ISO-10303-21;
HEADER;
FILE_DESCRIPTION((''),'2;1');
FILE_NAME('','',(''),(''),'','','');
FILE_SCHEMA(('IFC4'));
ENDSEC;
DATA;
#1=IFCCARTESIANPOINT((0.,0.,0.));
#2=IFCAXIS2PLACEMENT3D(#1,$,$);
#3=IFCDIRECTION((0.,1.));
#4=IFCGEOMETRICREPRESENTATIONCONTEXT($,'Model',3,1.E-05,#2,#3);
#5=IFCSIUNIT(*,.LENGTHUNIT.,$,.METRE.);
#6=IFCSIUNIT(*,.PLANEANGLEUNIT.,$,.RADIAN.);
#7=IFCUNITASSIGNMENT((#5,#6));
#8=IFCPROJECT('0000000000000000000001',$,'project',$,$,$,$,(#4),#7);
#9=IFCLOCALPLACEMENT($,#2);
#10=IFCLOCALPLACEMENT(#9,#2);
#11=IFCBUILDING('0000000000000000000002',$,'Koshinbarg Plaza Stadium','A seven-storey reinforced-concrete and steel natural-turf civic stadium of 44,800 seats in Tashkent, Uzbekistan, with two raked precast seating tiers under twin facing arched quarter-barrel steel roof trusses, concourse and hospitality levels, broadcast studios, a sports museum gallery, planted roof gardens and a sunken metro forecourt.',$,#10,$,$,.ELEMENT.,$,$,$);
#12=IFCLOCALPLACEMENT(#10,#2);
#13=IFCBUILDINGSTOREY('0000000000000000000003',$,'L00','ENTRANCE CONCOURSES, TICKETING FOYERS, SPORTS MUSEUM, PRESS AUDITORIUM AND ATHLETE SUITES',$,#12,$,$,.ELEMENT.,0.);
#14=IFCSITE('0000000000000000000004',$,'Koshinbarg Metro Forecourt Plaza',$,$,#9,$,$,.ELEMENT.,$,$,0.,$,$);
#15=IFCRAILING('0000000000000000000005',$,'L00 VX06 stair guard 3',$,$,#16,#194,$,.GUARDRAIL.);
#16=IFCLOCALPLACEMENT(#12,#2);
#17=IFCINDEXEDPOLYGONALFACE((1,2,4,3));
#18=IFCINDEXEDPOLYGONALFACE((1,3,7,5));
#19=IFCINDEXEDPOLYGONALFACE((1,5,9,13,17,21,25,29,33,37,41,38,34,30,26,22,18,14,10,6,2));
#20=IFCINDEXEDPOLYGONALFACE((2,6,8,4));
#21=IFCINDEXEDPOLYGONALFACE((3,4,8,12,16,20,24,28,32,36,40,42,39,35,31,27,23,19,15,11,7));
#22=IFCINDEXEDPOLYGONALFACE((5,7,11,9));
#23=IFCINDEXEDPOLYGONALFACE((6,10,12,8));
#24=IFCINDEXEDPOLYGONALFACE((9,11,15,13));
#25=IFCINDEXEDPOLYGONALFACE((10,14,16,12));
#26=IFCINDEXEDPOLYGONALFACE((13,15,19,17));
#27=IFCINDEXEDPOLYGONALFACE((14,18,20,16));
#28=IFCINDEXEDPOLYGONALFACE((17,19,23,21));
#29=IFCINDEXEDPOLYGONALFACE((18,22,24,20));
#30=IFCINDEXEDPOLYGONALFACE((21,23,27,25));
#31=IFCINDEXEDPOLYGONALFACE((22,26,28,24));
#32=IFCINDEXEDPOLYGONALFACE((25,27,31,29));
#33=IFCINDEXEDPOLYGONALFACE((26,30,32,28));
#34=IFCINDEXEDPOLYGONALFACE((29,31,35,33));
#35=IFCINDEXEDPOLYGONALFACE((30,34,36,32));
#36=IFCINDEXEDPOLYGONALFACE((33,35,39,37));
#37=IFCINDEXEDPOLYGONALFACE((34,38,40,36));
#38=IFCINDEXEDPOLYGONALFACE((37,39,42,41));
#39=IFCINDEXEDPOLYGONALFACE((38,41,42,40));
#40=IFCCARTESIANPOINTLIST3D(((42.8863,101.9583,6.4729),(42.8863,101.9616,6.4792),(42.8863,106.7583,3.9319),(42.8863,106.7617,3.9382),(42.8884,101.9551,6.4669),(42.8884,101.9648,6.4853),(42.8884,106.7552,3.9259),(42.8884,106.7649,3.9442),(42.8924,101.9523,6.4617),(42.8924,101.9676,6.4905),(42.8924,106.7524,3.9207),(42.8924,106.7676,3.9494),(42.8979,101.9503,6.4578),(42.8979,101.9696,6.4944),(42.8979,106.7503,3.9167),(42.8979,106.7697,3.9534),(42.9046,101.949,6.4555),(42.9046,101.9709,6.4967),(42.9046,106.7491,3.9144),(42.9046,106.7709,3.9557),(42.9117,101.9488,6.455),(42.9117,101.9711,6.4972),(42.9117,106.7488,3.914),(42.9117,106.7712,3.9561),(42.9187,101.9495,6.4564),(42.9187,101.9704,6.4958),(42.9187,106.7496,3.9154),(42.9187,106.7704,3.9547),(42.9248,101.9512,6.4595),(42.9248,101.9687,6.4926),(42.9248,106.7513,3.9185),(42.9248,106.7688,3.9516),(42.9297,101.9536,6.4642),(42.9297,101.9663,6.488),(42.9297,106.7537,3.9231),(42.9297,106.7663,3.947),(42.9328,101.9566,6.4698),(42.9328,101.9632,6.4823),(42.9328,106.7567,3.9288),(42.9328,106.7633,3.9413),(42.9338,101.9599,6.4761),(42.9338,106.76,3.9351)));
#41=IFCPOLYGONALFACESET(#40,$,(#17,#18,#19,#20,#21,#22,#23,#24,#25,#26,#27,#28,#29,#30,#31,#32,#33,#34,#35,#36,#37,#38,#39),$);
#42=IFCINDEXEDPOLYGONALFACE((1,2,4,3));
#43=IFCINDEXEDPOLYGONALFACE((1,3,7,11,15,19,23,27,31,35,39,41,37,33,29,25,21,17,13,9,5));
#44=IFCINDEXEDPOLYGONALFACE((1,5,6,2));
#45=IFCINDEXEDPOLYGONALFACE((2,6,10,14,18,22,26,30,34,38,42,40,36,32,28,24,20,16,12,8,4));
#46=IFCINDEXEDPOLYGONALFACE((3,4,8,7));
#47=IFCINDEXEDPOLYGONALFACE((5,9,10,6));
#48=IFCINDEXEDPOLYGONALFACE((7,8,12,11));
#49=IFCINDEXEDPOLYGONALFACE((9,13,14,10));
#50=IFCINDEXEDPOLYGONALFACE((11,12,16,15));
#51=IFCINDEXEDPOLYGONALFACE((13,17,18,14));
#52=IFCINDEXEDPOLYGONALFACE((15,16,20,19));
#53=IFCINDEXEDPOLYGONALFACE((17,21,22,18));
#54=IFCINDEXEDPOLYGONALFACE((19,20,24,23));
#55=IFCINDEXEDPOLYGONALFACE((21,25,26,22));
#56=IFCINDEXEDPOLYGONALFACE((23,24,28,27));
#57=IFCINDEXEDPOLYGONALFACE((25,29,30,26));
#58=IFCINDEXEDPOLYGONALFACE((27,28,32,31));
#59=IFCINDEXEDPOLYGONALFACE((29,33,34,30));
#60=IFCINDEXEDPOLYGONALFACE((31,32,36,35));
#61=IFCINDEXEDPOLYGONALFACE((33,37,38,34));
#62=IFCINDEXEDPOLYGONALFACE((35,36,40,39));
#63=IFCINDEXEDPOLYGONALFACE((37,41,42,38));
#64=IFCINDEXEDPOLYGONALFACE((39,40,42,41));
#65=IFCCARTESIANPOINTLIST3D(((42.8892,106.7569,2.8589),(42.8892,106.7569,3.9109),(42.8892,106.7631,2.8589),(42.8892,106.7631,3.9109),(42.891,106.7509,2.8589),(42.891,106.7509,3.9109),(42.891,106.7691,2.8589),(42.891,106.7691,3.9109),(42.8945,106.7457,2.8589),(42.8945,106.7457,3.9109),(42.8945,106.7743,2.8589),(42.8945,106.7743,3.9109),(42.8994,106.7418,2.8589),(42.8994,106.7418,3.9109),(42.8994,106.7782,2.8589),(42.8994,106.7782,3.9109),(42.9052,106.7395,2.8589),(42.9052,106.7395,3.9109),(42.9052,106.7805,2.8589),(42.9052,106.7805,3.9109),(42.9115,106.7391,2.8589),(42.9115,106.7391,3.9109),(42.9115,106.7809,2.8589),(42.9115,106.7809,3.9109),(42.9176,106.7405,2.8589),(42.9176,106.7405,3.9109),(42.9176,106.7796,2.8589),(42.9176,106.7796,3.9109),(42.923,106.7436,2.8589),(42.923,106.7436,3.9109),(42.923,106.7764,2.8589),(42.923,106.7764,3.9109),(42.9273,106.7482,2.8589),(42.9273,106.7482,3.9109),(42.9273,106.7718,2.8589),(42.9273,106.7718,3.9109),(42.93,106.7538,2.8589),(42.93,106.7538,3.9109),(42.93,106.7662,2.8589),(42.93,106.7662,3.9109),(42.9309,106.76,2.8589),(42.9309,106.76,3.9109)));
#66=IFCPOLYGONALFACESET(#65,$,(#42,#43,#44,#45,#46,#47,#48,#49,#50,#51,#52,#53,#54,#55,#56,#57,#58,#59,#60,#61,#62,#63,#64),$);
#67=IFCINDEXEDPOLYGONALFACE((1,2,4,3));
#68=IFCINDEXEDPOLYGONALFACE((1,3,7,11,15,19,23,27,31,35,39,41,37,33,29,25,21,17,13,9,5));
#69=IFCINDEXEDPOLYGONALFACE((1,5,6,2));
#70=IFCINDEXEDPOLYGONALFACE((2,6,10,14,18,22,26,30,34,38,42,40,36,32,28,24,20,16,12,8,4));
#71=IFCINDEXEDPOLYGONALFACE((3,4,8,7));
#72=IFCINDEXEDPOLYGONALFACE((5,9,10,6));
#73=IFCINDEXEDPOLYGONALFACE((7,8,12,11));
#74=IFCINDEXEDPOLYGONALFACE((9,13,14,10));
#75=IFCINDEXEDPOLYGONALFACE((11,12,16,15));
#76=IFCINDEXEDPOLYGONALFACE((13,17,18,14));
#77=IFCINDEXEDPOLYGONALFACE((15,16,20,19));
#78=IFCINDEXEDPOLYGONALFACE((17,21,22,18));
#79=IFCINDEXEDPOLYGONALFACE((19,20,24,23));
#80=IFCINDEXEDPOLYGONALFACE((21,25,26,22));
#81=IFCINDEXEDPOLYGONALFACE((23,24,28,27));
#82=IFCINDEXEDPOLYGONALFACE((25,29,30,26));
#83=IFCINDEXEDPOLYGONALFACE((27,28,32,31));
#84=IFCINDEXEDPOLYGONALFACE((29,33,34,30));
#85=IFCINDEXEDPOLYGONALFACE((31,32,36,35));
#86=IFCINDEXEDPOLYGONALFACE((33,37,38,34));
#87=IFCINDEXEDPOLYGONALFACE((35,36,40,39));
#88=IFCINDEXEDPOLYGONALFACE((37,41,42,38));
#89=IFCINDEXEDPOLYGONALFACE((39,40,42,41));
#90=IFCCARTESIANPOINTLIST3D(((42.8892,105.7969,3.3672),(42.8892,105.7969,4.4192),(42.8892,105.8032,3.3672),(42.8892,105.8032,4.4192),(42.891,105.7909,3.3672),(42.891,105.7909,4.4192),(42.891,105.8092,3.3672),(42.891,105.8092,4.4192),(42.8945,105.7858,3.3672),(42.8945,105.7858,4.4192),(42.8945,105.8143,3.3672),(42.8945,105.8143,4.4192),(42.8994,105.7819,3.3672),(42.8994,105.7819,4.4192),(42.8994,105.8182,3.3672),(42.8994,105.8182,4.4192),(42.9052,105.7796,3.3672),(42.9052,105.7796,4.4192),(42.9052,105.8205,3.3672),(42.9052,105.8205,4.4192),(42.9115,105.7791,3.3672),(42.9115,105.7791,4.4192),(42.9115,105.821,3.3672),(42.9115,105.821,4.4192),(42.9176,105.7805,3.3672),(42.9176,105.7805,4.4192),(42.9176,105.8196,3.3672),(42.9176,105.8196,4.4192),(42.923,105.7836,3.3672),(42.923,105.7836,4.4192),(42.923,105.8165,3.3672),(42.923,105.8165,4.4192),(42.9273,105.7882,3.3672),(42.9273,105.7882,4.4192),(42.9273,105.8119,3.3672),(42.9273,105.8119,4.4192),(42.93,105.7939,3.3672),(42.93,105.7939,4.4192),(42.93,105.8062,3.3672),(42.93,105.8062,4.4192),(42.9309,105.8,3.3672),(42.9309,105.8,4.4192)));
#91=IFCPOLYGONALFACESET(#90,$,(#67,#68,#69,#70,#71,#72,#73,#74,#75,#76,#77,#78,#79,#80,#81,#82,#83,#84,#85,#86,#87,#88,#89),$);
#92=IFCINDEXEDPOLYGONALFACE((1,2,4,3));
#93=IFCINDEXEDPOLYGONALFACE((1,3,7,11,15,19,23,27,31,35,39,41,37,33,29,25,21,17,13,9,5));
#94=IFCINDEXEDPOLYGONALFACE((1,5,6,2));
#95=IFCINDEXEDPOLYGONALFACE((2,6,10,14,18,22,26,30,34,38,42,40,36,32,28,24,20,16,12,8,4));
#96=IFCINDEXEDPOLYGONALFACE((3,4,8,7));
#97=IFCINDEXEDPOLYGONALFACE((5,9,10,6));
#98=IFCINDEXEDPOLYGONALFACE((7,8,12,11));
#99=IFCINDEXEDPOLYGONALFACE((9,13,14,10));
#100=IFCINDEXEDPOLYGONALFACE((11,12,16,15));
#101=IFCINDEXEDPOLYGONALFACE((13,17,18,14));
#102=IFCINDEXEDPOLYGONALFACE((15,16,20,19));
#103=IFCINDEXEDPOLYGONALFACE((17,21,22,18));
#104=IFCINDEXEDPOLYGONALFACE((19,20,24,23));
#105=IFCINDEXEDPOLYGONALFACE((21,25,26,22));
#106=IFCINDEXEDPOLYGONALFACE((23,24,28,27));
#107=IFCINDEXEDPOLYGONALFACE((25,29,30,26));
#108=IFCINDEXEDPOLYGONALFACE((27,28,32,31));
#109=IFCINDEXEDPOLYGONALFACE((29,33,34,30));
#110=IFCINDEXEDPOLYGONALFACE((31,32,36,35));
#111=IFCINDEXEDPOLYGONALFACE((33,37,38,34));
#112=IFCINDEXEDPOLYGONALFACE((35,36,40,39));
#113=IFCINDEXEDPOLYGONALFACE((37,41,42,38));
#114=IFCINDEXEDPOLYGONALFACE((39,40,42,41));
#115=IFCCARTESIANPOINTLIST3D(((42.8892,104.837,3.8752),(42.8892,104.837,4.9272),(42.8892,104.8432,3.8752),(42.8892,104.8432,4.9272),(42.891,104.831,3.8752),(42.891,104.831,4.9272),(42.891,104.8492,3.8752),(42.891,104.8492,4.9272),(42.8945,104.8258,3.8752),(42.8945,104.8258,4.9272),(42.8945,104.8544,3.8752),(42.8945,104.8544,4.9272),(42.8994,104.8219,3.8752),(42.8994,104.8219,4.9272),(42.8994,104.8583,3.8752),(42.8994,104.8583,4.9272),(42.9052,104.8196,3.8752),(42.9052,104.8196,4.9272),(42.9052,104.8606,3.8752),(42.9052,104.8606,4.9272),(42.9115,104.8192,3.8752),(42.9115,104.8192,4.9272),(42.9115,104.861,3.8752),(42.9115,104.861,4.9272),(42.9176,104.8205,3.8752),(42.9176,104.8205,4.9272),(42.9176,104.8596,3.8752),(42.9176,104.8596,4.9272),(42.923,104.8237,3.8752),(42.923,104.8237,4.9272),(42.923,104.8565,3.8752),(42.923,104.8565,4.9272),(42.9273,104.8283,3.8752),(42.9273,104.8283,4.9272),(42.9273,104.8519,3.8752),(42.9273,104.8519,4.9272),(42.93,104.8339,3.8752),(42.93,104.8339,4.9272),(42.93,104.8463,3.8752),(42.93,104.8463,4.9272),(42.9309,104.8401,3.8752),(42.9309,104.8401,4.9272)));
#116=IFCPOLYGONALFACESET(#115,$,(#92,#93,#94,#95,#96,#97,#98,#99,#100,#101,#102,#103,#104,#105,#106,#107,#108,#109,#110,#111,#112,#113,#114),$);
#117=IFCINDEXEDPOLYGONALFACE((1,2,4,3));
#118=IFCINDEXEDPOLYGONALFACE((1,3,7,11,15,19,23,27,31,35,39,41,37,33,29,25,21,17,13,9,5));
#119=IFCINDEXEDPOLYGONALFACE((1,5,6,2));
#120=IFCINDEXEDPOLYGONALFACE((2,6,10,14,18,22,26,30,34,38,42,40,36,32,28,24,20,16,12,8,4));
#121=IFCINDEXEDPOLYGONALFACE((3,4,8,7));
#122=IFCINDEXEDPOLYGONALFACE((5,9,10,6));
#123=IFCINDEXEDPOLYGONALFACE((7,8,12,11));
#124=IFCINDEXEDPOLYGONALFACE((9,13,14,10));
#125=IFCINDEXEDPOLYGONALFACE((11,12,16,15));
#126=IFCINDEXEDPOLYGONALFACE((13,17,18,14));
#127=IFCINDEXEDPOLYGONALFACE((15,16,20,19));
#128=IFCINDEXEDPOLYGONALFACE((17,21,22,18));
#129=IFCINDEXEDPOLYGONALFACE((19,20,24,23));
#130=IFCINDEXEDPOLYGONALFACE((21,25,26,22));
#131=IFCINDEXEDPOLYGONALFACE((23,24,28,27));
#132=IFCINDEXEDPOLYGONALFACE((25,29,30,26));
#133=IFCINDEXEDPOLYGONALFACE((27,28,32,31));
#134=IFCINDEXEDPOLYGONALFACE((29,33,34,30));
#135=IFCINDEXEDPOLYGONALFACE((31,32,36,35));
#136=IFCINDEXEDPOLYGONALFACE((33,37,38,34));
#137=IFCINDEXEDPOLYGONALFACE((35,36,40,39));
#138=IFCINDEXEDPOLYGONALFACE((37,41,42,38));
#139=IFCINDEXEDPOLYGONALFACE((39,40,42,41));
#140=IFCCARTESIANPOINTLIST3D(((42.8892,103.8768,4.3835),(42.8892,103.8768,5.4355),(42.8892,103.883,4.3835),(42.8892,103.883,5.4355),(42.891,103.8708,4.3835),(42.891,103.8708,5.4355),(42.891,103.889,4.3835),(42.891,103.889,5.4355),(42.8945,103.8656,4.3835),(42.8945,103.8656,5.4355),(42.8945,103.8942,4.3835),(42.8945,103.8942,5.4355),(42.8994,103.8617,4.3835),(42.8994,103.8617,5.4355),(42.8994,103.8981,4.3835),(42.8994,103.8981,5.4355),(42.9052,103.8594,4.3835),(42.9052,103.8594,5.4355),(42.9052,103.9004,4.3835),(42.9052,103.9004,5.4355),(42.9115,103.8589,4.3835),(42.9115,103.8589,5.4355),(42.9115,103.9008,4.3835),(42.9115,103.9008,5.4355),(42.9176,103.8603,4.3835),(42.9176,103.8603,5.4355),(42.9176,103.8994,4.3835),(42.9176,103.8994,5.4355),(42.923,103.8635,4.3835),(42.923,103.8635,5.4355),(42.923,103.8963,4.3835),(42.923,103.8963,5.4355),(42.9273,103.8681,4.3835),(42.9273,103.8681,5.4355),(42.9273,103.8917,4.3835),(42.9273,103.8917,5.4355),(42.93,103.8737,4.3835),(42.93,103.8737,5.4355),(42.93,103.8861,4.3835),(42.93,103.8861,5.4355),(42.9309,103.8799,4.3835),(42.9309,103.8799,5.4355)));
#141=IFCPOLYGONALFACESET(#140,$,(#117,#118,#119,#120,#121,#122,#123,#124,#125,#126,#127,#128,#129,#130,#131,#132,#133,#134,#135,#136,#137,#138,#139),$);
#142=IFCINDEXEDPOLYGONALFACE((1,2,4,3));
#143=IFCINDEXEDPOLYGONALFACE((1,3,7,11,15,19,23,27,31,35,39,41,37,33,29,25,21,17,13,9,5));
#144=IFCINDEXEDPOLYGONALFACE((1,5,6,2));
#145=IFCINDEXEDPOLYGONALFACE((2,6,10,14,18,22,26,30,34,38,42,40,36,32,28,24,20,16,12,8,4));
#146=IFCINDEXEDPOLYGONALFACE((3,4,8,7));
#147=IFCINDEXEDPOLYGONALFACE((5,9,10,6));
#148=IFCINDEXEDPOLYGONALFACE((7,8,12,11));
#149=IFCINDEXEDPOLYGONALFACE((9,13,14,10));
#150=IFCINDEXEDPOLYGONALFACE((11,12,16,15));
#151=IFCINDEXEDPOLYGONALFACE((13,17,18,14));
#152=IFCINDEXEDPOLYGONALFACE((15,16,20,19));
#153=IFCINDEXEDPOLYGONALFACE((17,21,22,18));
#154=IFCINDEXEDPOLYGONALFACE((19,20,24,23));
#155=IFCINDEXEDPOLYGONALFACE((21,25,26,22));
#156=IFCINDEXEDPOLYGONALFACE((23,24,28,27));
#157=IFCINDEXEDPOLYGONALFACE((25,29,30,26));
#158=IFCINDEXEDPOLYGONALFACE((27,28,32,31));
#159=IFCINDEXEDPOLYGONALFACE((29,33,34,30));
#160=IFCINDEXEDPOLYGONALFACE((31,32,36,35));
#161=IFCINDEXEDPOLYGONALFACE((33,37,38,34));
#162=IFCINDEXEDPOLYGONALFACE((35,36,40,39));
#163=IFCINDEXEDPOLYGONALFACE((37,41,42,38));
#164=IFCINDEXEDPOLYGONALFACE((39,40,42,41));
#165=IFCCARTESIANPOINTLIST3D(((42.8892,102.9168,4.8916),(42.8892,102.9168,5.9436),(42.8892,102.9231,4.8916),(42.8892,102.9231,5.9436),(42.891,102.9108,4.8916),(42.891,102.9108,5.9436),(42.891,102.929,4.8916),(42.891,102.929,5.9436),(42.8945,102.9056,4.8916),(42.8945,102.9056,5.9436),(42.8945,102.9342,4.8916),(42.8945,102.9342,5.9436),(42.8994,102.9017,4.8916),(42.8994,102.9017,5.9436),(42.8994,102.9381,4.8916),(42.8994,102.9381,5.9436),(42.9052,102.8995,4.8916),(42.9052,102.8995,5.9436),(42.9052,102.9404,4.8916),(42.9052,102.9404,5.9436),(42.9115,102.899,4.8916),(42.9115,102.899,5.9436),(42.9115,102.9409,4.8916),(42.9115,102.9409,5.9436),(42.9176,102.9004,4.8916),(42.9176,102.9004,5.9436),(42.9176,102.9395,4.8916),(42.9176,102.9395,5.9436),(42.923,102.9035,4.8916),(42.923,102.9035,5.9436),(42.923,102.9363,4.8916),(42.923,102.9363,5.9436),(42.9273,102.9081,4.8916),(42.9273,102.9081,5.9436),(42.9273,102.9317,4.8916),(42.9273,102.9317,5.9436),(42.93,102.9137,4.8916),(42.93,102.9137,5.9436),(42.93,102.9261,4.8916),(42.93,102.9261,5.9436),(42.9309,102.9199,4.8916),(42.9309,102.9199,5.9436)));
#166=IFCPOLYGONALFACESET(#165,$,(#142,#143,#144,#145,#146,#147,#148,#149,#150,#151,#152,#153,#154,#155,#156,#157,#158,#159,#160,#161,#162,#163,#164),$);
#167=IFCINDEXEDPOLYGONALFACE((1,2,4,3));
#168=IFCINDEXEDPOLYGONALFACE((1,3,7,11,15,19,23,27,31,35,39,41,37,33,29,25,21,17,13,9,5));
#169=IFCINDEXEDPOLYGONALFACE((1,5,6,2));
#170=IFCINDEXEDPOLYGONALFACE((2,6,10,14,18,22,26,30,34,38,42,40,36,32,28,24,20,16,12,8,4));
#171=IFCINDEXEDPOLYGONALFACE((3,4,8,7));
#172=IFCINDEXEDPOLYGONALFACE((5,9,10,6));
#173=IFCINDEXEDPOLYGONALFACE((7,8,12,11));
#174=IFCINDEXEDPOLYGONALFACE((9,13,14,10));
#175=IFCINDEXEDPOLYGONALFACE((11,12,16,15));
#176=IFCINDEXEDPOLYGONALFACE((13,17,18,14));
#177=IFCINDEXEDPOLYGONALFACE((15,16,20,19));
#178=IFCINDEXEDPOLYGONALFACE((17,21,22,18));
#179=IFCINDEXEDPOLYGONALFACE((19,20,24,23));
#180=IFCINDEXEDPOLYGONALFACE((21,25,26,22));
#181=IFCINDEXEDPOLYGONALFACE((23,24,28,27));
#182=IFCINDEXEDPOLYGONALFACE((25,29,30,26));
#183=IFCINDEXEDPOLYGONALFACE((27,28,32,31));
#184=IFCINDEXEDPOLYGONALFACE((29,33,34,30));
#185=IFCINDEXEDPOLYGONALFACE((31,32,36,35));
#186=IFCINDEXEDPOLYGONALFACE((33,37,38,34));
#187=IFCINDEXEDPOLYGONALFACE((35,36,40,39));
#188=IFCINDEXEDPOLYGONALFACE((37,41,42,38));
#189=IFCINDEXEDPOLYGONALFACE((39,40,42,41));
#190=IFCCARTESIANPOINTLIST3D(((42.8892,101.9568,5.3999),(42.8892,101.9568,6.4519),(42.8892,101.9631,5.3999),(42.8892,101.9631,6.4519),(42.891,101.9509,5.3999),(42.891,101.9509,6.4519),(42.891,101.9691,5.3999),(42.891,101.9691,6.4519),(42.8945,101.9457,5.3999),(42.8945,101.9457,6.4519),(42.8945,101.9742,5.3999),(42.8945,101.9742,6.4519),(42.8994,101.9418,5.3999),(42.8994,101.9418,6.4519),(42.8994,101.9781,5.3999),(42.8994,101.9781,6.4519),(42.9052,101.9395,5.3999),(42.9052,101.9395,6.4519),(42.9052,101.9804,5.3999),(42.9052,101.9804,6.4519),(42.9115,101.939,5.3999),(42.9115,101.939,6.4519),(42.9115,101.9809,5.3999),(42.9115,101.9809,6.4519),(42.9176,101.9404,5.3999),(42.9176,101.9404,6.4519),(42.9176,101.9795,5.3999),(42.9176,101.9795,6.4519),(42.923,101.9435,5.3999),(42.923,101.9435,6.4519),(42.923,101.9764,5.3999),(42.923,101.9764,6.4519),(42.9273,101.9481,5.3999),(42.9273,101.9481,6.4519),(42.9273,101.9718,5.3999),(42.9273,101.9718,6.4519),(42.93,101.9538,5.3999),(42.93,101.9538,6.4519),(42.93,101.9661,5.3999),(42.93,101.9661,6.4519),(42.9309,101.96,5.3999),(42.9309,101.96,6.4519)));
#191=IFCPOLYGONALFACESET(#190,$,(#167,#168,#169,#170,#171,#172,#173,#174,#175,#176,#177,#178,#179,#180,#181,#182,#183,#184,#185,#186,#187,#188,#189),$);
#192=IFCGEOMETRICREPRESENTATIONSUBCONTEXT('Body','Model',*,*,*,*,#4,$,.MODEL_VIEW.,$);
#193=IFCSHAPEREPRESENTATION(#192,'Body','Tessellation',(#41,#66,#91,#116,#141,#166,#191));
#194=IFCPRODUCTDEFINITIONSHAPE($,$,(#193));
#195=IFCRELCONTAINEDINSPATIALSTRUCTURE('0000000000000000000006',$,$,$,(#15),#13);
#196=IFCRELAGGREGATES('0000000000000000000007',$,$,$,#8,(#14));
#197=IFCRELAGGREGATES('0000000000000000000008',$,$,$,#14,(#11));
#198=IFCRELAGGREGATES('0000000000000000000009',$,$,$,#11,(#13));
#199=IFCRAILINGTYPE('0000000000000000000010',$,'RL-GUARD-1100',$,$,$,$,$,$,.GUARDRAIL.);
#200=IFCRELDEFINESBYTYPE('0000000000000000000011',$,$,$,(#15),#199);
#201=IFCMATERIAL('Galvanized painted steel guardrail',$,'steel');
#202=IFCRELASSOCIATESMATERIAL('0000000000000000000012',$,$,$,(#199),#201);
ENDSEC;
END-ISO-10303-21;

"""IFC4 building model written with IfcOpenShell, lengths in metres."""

from ifc_helpers import new_model, si_unit, direction, frame, origin, origin_2d, place, context, subcontext, project, spatial, circle, extrude, material, type_object, element, save


model = new_model("IFC4")

# Units and contexts
model_context = context("Model", 3, precision=1e-05, world=origin(), true_north=direction((0.0, 1.0)))
body_context = subcontext(model_context, "Body", "Model", "MODEL_VIEW")
ifc_project = project(units=[si_unit("LENGTHUNIT", "METRE"), si_unit("PLANEANGLEUNIT", "RADIAN")], contexts=[model_context])

# Site, building, storey
site_placement = place(None, origin())
site = spatial("IfcSite", under=ifc_project, at=site_placement, Name="Koshinbarg Metro Forecourt Plaza", CompositionType="ELEMENT", RefElevation=0.0)
building_placement = place(site_placement, origin())
building = spatial("IfcBuilding", under=site, at=building_placement, Name="Koshinbarg Plaza Stadium", Description="A seven-storey reinforced-concrete and steel natural-turf civic stadium of 44,800 seats in Tashkent, Uzbekistan, with two raked precast seating tiers under twin facing arched quarter-barrel steel roof trusses, concourse and hospitality levels, broadcast studios, a sports museum gallery, planted roof gardens and a sunken metro forecourt.", CompositionType="ELEMENT")
storey_placement = place(building_placement, origin())
storey = spatial("IfcBuildingStorey", under=building, at=storey_placement, Name="L00", Description="ENTRANCE CONCOURSES, TICKETING FOYERS, SPORTS MUSEUM, PRESS AUDITORIUM AND ATHLETE SUITES", CompositionType="ELEMENT", Elevation=0.0)

# Railing
ifc_material_1 = material(Name="Galvanized painted steel guardrail", Category="steel")
railing_type_1 = type_object("IfcRailingType", Name="RL-GUARD-1100", PredefinedType="GUARDRAIL", material=ifc_material_1)
railing_1_placement = place(storey_placement, frame((42.9099, 106.76, 2.8589)))
element("IfcRailing", 1, at=railing_1_placement, inside=storey, type_object=railing_type_1, Name="L00 VX06 stair guard 3", PredefinedType="GUARDRAIL", context=body_context, shape_type="SweptSolid", body=[
    extrude(circle(Radius=0.0239, at=origin_2d()), frame((0.0, 0.0, 1.0762), z_axis=(0.0, -0.883802, 0.467861), x_axis=(1.0, 0.0, 0.0)), (0.0, 0.0, 1.0), 5.4312),
    extrude(circle(Radius=0.021, at=origin_2d()), origin(), (0.0, 0.0, 1.0), 1.052),
    extrude(circle(Radius=0.021, at=origin_2d()), frame((0.0, -0.96, 0.5083)), (0.0, 0.0, 1.0), 1.052),
    extrude(circle(Radius=0.021, at=origin_2d()), frame((0.0, -1.9199, 1.0164)), (0.0, 0.0, 1.0), 1.052),
    extrude(circle(Radius=0.021, at=origin_2d()), frame((0.0, -2.8801, 1.5247)), (0.0, 0.0, 1.0), 1.052),
    extrude(circle(Radius=0.021, at=origin_2d()), frame((0.0, -3.8401, 2.0327)), (0.0, 0.0, 1.0), 1.052),
    extrude(circle(Radius=0.021, at=origin_2d()), frame((0.0, -4.8, 2.541)), (0.0, 0.0, 1.0), 1.052),
])

save(model, "model.ifc")
